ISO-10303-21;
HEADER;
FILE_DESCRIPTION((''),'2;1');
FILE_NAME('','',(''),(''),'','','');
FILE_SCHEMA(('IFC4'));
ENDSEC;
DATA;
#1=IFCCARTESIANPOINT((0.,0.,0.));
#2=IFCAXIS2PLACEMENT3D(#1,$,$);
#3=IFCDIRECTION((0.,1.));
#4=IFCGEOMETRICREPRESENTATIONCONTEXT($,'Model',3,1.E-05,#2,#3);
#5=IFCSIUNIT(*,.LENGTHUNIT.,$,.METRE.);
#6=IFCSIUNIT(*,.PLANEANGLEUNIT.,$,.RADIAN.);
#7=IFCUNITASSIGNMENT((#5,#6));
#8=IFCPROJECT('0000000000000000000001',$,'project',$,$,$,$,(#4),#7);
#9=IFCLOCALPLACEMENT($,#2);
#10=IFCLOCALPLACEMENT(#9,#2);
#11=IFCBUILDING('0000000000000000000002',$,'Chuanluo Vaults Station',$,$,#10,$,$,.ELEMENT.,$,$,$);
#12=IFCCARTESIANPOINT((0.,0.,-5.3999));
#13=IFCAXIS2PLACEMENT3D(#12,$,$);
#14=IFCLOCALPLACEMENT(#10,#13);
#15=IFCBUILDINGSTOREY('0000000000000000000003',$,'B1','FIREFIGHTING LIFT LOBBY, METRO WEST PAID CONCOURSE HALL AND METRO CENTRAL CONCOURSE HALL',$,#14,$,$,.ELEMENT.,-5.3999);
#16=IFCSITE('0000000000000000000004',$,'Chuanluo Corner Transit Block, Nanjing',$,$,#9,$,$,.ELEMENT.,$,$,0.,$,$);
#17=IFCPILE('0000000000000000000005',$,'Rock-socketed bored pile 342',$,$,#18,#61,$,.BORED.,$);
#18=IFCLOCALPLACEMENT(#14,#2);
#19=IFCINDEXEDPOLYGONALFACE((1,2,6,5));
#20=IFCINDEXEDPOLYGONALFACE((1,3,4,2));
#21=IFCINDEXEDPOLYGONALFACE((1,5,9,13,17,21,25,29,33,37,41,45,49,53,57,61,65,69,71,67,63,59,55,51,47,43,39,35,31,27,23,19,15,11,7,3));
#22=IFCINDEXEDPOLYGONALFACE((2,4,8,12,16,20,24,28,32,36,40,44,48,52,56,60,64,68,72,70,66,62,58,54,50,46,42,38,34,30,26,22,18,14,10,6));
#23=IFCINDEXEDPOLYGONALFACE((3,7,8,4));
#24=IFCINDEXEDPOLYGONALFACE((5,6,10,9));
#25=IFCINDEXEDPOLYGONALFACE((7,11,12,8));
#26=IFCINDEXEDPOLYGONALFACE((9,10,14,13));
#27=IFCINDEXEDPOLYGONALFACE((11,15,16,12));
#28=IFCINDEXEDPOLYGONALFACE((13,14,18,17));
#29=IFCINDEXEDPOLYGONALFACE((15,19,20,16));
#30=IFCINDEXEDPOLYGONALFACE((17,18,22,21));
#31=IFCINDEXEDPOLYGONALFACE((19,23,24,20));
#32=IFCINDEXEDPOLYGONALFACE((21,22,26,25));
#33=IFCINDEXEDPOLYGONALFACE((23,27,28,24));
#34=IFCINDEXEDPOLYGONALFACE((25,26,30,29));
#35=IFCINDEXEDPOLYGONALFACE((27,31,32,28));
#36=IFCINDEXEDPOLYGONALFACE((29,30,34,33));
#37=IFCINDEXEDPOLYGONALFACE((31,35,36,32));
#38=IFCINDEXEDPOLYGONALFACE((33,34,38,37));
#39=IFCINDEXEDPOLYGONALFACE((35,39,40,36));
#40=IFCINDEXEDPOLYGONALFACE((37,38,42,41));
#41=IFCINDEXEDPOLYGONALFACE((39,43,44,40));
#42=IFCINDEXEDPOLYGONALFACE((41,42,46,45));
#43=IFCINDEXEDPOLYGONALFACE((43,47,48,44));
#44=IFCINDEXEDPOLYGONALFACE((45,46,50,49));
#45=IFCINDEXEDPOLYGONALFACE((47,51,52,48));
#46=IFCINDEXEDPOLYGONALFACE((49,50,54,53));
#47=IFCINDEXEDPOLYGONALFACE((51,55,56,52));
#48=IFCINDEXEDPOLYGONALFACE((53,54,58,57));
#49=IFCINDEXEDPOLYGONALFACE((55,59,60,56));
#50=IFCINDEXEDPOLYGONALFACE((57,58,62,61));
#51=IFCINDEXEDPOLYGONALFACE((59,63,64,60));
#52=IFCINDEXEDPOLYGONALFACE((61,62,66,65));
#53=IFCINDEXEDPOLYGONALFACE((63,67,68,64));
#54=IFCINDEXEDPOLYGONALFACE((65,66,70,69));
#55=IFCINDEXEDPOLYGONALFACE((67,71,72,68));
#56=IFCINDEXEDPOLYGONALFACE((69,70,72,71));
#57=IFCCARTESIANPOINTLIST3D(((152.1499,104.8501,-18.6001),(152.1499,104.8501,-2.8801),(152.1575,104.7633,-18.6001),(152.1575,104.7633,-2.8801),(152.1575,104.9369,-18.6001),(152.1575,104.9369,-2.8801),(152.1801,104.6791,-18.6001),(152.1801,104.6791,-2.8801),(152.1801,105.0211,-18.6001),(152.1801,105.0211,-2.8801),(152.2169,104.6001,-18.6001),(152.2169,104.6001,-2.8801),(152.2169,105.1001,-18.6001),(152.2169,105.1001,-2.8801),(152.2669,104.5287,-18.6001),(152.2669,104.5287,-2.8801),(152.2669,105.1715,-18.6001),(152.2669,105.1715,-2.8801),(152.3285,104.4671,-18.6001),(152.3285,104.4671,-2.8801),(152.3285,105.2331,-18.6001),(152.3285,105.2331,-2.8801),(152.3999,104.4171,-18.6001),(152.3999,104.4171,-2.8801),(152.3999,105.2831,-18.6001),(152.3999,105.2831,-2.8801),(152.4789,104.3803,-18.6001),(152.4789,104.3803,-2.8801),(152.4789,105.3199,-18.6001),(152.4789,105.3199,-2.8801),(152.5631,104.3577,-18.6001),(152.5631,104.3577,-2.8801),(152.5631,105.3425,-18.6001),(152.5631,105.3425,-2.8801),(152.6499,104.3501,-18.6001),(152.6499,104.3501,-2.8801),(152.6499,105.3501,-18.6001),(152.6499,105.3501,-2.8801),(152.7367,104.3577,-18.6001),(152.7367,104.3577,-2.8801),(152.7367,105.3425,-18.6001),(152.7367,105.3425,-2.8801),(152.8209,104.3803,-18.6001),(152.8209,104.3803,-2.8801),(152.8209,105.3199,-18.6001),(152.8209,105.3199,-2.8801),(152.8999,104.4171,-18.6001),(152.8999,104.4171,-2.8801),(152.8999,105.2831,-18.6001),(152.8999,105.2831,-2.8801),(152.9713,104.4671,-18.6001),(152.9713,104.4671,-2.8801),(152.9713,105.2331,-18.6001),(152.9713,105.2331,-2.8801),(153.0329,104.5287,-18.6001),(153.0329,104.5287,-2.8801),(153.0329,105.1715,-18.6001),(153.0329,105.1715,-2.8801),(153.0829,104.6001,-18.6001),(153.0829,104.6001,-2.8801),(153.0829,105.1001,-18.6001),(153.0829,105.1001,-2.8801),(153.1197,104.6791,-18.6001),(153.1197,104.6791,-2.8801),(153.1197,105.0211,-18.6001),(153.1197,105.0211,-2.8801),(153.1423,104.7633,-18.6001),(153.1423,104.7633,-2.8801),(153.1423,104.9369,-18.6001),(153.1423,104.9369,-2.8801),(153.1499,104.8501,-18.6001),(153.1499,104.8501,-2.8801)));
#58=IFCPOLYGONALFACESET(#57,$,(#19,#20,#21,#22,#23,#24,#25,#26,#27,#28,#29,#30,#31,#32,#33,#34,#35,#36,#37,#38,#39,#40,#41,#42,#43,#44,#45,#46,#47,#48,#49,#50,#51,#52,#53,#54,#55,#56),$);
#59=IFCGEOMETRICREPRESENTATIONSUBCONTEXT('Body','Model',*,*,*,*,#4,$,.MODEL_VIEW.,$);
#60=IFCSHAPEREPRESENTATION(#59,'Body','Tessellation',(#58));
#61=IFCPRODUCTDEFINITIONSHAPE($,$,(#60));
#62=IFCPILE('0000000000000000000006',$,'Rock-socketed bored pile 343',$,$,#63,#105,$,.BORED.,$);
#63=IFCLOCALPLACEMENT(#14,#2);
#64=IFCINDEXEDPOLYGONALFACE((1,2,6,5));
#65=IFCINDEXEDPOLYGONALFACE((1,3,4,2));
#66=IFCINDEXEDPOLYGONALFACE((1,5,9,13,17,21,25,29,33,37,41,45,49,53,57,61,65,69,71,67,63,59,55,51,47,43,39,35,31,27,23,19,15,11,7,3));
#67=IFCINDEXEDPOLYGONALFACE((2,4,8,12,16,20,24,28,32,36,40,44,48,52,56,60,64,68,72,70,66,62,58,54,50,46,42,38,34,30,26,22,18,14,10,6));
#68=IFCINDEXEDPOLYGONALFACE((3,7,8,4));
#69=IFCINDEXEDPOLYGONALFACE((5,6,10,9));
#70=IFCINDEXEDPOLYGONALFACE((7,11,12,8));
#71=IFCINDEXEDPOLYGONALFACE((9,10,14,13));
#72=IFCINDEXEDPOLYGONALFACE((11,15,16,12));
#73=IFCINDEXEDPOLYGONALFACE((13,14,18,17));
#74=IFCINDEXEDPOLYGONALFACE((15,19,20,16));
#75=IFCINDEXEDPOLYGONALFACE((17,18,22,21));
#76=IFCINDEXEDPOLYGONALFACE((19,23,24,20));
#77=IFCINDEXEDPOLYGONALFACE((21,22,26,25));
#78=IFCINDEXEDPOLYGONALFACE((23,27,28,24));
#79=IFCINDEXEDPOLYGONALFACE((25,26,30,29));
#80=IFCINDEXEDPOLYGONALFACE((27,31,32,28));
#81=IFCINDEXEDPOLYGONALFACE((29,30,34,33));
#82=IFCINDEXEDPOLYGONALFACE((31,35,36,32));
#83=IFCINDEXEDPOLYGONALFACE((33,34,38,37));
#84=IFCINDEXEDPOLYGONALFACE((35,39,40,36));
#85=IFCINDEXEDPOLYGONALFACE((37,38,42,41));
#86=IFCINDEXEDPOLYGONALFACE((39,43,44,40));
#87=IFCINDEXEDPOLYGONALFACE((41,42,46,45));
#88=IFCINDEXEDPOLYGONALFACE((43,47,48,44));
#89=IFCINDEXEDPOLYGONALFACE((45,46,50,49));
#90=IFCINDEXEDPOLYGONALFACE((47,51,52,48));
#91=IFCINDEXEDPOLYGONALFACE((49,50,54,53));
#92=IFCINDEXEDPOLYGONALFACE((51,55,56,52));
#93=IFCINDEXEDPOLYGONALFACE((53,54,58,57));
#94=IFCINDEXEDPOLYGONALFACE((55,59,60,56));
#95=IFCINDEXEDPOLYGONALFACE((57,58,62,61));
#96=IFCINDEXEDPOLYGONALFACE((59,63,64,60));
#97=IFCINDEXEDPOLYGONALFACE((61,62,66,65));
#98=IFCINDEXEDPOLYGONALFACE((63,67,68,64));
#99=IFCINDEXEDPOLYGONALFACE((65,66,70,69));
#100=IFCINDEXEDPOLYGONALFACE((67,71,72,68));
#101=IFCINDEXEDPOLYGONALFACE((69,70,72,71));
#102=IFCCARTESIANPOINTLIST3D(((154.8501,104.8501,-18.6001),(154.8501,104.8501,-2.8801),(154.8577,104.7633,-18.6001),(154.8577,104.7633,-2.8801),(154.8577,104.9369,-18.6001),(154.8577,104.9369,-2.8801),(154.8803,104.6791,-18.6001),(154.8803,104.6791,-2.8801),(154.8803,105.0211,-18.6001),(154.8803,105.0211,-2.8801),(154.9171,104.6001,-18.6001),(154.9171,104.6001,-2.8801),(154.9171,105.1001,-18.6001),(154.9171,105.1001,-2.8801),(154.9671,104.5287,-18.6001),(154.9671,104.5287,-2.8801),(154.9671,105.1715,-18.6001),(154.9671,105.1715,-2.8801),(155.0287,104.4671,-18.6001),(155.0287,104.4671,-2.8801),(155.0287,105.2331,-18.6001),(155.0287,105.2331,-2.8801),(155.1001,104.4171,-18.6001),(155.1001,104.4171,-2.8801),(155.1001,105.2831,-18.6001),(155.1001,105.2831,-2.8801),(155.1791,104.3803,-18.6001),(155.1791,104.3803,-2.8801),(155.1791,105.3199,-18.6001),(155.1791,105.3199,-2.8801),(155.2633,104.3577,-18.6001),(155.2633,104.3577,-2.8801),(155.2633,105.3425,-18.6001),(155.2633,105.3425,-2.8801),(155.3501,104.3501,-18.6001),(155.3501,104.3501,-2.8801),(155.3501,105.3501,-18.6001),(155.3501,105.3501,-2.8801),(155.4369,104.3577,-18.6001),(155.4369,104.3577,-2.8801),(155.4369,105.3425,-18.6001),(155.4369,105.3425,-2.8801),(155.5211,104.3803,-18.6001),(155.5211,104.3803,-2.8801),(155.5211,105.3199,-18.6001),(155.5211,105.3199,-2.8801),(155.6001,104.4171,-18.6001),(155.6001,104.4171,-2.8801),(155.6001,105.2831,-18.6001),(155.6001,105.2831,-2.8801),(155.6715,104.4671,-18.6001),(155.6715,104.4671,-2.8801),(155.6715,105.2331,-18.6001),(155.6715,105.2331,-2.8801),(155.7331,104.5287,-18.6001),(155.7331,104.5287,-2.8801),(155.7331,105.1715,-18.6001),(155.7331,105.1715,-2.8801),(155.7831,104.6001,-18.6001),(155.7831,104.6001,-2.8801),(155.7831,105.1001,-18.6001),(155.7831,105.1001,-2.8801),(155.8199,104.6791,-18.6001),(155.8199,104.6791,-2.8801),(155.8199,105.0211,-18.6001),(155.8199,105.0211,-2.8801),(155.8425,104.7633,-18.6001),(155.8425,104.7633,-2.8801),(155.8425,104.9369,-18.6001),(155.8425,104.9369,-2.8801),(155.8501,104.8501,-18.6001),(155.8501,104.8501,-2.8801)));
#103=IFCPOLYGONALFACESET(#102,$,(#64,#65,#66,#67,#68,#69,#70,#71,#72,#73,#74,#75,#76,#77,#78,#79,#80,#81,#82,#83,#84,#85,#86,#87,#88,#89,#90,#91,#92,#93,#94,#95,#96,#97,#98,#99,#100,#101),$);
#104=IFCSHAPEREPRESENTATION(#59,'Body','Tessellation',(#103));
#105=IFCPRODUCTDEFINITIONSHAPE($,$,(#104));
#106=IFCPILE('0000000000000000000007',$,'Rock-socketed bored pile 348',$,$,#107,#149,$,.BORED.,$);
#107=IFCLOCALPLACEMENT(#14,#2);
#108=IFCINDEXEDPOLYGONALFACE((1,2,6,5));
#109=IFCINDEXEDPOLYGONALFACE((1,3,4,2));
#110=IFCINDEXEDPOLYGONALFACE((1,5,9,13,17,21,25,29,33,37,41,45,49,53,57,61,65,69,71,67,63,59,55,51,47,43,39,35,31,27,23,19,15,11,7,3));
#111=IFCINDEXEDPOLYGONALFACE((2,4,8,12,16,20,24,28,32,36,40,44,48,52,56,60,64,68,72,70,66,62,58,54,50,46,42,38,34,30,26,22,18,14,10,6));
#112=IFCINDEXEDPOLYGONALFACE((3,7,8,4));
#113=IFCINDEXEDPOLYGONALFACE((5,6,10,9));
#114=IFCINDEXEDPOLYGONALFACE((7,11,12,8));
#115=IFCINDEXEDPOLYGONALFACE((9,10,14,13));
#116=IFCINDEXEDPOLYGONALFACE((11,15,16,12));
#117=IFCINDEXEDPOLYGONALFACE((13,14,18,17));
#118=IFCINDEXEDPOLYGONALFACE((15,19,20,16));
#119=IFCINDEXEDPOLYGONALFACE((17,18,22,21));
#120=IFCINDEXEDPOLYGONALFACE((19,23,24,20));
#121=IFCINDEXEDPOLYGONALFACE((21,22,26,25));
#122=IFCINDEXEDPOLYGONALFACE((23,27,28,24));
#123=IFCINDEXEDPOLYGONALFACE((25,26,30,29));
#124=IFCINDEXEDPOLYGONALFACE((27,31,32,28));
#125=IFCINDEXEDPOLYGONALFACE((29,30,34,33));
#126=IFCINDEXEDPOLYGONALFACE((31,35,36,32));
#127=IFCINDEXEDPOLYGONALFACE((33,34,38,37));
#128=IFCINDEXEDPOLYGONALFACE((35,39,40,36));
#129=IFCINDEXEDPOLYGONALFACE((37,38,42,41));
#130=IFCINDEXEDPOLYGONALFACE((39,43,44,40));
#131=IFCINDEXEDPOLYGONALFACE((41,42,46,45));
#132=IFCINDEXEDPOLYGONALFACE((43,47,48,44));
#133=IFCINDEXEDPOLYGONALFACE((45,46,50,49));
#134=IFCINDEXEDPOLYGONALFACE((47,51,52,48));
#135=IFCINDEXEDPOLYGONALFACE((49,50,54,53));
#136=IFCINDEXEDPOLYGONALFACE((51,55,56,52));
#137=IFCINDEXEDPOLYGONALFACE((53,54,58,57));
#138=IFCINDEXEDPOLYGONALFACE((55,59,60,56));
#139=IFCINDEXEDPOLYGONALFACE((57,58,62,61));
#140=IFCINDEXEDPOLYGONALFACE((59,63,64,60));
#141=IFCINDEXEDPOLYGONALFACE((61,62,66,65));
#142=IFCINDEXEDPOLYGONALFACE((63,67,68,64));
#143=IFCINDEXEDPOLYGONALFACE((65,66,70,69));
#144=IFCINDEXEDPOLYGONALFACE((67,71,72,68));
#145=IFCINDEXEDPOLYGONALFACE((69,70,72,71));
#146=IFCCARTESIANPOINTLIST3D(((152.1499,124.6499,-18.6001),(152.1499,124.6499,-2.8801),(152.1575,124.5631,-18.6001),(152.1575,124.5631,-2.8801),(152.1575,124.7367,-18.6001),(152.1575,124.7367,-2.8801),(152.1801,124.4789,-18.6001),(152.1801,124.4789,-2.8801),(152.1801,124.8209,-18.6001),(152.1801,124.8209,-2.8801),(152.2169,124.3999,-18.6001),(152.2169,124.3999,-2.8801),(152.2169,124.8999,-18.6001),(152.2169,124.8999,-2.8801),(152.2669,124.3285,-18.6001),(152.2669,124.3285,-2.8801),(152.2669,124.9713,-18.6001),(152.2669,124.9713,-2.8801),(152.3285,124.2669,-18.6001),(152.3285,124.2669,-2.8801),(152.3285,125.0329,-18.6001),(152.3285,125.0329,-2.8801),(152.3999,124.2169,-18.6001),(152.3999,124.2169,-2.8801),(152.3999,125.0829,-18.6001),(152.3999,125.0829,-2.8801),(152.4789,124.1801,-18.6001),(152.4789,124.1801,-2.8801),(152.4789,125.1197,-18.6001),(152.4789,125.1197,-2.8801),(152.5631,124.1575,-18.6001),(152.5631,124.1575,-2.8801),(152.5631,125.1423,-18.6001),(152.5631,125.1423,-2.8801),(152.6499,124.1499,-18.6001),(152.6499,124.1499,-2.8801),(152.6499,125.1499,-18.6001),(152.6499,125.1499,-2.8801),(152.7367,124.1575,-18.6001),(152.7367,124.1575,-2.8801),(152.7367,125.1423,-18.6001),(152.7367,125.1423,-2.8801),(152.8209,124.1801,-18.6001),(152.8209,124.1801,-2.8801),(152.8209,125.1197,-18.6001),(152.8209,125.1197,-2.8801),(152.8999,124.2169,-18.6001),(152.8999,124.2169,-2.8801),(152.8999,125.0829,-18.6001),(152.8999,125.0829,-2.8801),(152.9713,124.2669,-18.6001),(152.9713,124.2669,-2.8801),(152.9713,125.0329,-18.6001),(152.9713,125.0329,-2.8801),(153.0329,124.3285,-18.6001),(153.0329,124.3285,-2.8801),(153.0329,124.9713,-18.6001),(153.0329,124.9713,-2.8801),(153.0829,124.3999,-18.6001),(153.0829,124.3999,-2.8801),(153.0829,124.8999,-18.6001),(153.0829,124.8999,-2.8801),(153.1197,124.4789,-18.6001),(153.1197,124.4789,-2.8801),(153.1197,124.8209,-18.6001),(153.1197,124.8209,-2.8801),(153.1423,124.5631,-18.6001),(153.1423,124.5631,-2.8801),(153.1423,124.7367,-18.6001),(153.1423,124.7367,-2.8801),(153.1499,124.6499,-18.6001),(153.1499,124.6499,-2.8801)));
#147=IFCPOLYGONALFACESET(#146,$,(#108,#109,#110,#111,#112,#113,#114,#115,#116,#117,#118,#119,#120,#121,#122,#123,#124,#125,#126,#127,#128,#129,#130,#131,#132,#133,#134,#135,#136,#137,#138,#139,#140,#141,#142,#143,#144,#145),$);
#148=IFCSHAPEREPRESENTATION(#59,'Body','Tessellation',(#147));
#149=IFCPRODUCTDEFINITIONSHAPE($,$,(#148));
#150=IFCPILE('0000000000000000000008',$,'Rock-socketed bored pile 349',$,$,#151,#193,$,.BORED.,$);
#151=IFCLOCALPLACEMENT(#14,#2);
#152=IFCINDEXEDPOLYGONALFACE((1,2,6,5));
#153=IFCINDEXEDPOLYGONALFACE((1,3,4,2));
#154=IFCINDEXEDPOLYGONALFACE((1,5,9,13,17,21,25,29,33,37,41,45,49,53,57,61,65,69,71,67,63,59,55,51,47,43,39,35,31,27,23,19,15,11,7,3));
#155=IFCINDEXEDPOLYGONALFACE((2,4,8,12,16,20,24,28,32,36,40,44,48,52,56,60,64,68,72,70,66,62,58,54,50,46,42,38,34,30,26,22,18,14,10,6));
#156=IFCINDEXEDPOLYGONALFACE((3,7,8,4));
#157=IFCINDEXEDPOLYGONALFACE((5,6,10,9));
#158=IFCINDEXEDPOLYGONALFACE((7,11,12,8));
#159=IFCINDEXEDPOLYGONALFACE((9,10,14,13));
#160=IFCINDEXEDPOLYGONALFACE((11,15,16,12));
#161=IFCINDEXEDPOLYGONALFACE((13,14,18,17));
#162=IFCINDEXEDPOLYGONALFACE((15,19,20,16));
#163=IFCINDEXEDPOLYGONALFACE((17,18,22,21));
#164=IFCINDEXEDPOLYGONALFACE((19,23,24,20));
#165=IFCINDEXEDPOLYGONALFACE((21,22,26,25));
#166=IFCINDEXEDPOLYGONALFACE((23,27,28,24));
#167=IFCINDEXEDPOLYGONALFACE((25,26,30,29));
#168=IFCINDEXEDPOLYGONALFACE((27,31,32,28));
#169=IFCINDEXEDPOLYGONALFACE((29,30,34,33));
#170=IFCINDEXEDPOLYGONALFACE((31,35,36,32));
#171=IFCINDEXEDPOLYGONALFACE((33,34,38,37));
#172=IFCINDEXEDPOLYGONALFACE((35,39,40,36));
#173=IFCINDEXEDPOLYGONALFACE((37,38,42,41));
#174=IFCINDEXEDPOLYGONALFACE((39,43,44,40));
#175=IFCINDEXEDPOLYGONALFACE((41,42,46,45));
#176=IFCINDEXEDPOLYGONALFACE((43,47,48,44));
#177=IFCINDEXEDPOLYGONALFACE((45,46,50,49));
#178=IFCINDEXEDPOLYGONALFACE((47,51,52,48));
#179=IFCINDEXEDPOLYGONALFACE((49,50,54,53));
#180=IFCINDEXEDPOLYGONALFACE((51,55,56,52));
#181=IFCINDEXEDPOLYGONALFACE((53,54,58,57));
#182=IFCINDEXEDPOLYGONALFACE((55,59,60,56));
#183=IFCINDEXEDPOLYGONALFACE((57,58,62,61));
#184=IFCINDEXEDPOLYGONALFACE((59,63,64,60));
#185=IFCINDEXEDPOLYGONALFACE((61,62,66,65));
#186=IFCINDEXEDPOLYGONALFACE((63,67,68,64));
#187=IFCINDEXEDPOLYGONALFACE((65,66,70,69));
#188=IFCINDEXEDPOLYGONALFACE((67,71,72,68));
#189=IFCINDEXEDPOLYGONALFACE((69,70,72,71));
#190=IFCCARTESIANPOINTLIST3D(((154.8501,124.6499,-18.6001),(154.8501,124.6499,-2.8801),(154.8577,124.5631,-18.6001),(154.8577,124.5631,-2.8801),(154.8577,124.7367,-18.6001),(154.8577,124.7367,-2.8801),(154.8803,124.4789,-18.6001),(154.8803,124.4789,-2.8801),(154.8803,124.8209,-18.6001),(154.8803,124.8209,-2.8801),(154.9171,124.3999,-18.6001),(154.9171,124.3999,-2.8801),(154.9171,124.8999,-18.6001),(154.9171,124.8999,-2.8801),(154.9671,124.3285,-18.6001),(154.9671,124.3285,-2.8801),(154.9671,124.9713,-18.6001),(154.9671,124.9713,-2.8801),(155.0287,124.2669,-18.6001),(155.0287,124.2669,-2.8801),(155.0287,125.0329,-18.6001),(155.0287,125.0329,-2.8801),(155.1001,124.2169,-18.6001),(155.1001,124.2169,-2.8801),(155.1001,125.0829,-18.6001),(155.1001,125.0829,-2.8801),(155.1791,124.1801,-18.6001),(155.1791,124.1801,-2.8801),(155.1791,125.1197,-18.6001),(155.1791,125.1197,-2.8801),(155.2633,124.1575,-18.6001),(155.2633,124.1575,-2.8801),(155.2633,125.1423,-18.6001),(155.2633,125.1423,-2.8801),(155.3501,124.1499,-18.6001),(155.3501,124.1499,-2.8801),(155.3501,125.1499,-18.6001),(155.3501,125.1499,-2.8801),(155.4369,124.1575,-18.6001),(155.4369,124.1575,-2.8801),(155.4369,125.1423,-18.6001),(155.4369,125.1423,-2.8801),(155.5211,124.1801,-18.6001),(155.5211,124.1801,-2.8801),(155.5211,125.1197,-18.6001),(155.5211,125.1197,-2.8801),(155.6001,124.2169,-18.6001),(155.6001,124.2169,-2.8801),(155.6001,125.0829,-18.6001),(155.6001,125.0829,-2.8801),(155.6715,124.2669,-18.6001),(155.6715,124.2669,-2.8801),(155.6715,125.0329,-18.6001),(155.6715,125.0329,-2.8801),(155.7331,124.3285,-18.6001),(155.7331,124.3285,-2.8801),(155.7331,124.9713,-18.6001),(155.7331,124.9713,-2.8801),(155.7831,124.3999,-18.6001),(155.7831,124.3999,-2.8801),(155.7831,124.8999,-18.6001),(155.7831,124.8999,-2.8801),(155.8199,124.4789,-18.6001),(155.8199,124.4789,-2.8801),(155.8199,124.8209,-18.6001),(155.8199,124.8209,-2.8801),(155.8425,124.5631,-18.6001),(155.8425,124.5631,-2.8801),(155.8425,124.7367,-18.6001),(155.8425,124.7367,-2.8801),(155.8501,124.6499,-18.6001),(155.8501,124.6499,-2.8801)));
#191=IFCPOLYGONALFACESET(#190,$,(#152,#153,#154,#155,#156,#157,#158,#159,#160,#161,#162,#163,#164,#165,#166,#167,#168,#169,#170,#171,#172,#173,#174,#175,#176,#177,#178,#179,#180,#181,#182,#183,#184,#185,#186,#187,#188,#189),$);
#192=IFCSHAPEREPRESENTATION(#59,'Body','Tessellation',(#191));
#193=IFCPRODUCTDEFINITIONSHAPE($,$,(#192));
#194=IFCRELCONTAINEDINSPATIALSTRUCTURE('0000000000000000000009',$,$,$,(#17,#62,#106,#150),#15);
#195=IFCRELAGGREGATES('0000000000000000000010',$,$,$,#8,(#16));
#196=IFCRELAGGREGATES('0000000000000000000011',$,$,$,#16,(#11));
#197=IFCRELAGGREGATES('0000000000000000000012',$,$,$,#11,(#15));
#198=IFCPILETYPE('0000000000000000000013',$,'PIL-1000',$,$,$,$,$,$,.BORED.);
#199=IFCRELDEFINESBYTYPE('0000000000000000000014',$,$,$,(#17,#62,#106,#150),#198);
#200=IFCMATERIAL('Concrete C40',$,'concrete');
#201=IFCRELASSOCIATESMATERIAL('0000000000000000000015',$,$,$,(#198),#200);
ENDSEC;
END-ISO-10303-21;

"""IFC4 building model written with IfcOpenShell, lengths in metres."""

from ifc_helpers import new_model, si_unit, direction, frame, origin, origin_2d, place, context, subcontext, project, spatial, circle, extrude, material, material_profile, profile_set, type_object, element, save


model = new_model("IFC4")

# Units and contexts
model_context = context("Model", 3, precision=1e-05, world=origin(), true_north=direction((0.0, 1.0)))
body_context = subcontext(model_context, "Body", "Model", "MODEL_VIEW")
ifc_project = project(units=[si_unit("LENGTHUNIT", "METRE"), si_unit("PLANEANGLEUNIT", "RADIAN")], contexts=[model_context])

# Site, building, storey
site_placement = place(None, origin())
site = spatial("IfcSite", under=ifc_project, at=site_placement, Name="Chuanluo Corner Transit Block, Nanjing", CompositionType="ELEMENT", RefElevation=0.0)
building_placement = place(site_placement, origin())
building = spatial("IfcBuilding", under=site, at=building_placement, Name="Chuanluo Vaults Station", CompositionType="ELEMENT")
storey_placement = place(building_placement, frame((0.0, 0.0, -5.3999)))
storey = spatial("IfcBuildingStorey", under=building, at=storey_placement, Name="B1", Description="FIREFIGHTING LIFT LOBBY, METRO WEST PAID CONCOURSE HALL AND METRO CENTRAL CONCOURSE HALL", CompositionType="ELEMENT", Elevation=-5.3999)

# Piles
ifc_material_1 = material(Name="Concrete C40", Category="concrete")
ifc_material_profile_1 = material_profile(ifc_material_1, circle(Radius=0.5, at=origin_2d()))
ifc_profile_set_1 = profile_set([ifc_material_profile_1], Name="Concrete C40")
pile_type_1 = type_object("IfcPileType", Name="PIL-1000", PredefinedType="BORED", material=ifc_profile_set_1)
for number, where, z_axis, x_axis, name in (
    (1, (152.6499, 104.8501, -2.8801), (0.0, 0.0, -1.0), (1.0, 0.0, 0.0), "Rock-socketed bored pile 342"),
    (2, (155.3501, 104.8501, -2.8801), (0.0, 0.0, -1.0), (1.0, 0.0, 0.0), "Rock-socketed bored pile 343"),
    (3, (152.6499, 124.6499, -2.8801), (0.0, 0.0, -1.0), (1.0, 0.0, 0.0), "Rock-socketed bored pile 348"),
    (4, (155.3501, 124.6499, -2.8801), (0.0, 0.0, -1.0), (1.0, 0.0, 0.0), "Rock-socketed bored pile 349"),
):
    element("IfcPile", number, at=place(storey_placement, frame(where, z_axis=z_axis, x_axis=x_axis)), inside=storey, type_object=pile_type_1, Name=name, PredefinedType="BORED", context=body_context, shape_type="SweptSolid", body=[
        extrude(circle(Radius=0.5, at=origin_2d()), origin(), (0.0, 0.0, 1.0), 15.72),
    ])

save(model, "model.ifc")
